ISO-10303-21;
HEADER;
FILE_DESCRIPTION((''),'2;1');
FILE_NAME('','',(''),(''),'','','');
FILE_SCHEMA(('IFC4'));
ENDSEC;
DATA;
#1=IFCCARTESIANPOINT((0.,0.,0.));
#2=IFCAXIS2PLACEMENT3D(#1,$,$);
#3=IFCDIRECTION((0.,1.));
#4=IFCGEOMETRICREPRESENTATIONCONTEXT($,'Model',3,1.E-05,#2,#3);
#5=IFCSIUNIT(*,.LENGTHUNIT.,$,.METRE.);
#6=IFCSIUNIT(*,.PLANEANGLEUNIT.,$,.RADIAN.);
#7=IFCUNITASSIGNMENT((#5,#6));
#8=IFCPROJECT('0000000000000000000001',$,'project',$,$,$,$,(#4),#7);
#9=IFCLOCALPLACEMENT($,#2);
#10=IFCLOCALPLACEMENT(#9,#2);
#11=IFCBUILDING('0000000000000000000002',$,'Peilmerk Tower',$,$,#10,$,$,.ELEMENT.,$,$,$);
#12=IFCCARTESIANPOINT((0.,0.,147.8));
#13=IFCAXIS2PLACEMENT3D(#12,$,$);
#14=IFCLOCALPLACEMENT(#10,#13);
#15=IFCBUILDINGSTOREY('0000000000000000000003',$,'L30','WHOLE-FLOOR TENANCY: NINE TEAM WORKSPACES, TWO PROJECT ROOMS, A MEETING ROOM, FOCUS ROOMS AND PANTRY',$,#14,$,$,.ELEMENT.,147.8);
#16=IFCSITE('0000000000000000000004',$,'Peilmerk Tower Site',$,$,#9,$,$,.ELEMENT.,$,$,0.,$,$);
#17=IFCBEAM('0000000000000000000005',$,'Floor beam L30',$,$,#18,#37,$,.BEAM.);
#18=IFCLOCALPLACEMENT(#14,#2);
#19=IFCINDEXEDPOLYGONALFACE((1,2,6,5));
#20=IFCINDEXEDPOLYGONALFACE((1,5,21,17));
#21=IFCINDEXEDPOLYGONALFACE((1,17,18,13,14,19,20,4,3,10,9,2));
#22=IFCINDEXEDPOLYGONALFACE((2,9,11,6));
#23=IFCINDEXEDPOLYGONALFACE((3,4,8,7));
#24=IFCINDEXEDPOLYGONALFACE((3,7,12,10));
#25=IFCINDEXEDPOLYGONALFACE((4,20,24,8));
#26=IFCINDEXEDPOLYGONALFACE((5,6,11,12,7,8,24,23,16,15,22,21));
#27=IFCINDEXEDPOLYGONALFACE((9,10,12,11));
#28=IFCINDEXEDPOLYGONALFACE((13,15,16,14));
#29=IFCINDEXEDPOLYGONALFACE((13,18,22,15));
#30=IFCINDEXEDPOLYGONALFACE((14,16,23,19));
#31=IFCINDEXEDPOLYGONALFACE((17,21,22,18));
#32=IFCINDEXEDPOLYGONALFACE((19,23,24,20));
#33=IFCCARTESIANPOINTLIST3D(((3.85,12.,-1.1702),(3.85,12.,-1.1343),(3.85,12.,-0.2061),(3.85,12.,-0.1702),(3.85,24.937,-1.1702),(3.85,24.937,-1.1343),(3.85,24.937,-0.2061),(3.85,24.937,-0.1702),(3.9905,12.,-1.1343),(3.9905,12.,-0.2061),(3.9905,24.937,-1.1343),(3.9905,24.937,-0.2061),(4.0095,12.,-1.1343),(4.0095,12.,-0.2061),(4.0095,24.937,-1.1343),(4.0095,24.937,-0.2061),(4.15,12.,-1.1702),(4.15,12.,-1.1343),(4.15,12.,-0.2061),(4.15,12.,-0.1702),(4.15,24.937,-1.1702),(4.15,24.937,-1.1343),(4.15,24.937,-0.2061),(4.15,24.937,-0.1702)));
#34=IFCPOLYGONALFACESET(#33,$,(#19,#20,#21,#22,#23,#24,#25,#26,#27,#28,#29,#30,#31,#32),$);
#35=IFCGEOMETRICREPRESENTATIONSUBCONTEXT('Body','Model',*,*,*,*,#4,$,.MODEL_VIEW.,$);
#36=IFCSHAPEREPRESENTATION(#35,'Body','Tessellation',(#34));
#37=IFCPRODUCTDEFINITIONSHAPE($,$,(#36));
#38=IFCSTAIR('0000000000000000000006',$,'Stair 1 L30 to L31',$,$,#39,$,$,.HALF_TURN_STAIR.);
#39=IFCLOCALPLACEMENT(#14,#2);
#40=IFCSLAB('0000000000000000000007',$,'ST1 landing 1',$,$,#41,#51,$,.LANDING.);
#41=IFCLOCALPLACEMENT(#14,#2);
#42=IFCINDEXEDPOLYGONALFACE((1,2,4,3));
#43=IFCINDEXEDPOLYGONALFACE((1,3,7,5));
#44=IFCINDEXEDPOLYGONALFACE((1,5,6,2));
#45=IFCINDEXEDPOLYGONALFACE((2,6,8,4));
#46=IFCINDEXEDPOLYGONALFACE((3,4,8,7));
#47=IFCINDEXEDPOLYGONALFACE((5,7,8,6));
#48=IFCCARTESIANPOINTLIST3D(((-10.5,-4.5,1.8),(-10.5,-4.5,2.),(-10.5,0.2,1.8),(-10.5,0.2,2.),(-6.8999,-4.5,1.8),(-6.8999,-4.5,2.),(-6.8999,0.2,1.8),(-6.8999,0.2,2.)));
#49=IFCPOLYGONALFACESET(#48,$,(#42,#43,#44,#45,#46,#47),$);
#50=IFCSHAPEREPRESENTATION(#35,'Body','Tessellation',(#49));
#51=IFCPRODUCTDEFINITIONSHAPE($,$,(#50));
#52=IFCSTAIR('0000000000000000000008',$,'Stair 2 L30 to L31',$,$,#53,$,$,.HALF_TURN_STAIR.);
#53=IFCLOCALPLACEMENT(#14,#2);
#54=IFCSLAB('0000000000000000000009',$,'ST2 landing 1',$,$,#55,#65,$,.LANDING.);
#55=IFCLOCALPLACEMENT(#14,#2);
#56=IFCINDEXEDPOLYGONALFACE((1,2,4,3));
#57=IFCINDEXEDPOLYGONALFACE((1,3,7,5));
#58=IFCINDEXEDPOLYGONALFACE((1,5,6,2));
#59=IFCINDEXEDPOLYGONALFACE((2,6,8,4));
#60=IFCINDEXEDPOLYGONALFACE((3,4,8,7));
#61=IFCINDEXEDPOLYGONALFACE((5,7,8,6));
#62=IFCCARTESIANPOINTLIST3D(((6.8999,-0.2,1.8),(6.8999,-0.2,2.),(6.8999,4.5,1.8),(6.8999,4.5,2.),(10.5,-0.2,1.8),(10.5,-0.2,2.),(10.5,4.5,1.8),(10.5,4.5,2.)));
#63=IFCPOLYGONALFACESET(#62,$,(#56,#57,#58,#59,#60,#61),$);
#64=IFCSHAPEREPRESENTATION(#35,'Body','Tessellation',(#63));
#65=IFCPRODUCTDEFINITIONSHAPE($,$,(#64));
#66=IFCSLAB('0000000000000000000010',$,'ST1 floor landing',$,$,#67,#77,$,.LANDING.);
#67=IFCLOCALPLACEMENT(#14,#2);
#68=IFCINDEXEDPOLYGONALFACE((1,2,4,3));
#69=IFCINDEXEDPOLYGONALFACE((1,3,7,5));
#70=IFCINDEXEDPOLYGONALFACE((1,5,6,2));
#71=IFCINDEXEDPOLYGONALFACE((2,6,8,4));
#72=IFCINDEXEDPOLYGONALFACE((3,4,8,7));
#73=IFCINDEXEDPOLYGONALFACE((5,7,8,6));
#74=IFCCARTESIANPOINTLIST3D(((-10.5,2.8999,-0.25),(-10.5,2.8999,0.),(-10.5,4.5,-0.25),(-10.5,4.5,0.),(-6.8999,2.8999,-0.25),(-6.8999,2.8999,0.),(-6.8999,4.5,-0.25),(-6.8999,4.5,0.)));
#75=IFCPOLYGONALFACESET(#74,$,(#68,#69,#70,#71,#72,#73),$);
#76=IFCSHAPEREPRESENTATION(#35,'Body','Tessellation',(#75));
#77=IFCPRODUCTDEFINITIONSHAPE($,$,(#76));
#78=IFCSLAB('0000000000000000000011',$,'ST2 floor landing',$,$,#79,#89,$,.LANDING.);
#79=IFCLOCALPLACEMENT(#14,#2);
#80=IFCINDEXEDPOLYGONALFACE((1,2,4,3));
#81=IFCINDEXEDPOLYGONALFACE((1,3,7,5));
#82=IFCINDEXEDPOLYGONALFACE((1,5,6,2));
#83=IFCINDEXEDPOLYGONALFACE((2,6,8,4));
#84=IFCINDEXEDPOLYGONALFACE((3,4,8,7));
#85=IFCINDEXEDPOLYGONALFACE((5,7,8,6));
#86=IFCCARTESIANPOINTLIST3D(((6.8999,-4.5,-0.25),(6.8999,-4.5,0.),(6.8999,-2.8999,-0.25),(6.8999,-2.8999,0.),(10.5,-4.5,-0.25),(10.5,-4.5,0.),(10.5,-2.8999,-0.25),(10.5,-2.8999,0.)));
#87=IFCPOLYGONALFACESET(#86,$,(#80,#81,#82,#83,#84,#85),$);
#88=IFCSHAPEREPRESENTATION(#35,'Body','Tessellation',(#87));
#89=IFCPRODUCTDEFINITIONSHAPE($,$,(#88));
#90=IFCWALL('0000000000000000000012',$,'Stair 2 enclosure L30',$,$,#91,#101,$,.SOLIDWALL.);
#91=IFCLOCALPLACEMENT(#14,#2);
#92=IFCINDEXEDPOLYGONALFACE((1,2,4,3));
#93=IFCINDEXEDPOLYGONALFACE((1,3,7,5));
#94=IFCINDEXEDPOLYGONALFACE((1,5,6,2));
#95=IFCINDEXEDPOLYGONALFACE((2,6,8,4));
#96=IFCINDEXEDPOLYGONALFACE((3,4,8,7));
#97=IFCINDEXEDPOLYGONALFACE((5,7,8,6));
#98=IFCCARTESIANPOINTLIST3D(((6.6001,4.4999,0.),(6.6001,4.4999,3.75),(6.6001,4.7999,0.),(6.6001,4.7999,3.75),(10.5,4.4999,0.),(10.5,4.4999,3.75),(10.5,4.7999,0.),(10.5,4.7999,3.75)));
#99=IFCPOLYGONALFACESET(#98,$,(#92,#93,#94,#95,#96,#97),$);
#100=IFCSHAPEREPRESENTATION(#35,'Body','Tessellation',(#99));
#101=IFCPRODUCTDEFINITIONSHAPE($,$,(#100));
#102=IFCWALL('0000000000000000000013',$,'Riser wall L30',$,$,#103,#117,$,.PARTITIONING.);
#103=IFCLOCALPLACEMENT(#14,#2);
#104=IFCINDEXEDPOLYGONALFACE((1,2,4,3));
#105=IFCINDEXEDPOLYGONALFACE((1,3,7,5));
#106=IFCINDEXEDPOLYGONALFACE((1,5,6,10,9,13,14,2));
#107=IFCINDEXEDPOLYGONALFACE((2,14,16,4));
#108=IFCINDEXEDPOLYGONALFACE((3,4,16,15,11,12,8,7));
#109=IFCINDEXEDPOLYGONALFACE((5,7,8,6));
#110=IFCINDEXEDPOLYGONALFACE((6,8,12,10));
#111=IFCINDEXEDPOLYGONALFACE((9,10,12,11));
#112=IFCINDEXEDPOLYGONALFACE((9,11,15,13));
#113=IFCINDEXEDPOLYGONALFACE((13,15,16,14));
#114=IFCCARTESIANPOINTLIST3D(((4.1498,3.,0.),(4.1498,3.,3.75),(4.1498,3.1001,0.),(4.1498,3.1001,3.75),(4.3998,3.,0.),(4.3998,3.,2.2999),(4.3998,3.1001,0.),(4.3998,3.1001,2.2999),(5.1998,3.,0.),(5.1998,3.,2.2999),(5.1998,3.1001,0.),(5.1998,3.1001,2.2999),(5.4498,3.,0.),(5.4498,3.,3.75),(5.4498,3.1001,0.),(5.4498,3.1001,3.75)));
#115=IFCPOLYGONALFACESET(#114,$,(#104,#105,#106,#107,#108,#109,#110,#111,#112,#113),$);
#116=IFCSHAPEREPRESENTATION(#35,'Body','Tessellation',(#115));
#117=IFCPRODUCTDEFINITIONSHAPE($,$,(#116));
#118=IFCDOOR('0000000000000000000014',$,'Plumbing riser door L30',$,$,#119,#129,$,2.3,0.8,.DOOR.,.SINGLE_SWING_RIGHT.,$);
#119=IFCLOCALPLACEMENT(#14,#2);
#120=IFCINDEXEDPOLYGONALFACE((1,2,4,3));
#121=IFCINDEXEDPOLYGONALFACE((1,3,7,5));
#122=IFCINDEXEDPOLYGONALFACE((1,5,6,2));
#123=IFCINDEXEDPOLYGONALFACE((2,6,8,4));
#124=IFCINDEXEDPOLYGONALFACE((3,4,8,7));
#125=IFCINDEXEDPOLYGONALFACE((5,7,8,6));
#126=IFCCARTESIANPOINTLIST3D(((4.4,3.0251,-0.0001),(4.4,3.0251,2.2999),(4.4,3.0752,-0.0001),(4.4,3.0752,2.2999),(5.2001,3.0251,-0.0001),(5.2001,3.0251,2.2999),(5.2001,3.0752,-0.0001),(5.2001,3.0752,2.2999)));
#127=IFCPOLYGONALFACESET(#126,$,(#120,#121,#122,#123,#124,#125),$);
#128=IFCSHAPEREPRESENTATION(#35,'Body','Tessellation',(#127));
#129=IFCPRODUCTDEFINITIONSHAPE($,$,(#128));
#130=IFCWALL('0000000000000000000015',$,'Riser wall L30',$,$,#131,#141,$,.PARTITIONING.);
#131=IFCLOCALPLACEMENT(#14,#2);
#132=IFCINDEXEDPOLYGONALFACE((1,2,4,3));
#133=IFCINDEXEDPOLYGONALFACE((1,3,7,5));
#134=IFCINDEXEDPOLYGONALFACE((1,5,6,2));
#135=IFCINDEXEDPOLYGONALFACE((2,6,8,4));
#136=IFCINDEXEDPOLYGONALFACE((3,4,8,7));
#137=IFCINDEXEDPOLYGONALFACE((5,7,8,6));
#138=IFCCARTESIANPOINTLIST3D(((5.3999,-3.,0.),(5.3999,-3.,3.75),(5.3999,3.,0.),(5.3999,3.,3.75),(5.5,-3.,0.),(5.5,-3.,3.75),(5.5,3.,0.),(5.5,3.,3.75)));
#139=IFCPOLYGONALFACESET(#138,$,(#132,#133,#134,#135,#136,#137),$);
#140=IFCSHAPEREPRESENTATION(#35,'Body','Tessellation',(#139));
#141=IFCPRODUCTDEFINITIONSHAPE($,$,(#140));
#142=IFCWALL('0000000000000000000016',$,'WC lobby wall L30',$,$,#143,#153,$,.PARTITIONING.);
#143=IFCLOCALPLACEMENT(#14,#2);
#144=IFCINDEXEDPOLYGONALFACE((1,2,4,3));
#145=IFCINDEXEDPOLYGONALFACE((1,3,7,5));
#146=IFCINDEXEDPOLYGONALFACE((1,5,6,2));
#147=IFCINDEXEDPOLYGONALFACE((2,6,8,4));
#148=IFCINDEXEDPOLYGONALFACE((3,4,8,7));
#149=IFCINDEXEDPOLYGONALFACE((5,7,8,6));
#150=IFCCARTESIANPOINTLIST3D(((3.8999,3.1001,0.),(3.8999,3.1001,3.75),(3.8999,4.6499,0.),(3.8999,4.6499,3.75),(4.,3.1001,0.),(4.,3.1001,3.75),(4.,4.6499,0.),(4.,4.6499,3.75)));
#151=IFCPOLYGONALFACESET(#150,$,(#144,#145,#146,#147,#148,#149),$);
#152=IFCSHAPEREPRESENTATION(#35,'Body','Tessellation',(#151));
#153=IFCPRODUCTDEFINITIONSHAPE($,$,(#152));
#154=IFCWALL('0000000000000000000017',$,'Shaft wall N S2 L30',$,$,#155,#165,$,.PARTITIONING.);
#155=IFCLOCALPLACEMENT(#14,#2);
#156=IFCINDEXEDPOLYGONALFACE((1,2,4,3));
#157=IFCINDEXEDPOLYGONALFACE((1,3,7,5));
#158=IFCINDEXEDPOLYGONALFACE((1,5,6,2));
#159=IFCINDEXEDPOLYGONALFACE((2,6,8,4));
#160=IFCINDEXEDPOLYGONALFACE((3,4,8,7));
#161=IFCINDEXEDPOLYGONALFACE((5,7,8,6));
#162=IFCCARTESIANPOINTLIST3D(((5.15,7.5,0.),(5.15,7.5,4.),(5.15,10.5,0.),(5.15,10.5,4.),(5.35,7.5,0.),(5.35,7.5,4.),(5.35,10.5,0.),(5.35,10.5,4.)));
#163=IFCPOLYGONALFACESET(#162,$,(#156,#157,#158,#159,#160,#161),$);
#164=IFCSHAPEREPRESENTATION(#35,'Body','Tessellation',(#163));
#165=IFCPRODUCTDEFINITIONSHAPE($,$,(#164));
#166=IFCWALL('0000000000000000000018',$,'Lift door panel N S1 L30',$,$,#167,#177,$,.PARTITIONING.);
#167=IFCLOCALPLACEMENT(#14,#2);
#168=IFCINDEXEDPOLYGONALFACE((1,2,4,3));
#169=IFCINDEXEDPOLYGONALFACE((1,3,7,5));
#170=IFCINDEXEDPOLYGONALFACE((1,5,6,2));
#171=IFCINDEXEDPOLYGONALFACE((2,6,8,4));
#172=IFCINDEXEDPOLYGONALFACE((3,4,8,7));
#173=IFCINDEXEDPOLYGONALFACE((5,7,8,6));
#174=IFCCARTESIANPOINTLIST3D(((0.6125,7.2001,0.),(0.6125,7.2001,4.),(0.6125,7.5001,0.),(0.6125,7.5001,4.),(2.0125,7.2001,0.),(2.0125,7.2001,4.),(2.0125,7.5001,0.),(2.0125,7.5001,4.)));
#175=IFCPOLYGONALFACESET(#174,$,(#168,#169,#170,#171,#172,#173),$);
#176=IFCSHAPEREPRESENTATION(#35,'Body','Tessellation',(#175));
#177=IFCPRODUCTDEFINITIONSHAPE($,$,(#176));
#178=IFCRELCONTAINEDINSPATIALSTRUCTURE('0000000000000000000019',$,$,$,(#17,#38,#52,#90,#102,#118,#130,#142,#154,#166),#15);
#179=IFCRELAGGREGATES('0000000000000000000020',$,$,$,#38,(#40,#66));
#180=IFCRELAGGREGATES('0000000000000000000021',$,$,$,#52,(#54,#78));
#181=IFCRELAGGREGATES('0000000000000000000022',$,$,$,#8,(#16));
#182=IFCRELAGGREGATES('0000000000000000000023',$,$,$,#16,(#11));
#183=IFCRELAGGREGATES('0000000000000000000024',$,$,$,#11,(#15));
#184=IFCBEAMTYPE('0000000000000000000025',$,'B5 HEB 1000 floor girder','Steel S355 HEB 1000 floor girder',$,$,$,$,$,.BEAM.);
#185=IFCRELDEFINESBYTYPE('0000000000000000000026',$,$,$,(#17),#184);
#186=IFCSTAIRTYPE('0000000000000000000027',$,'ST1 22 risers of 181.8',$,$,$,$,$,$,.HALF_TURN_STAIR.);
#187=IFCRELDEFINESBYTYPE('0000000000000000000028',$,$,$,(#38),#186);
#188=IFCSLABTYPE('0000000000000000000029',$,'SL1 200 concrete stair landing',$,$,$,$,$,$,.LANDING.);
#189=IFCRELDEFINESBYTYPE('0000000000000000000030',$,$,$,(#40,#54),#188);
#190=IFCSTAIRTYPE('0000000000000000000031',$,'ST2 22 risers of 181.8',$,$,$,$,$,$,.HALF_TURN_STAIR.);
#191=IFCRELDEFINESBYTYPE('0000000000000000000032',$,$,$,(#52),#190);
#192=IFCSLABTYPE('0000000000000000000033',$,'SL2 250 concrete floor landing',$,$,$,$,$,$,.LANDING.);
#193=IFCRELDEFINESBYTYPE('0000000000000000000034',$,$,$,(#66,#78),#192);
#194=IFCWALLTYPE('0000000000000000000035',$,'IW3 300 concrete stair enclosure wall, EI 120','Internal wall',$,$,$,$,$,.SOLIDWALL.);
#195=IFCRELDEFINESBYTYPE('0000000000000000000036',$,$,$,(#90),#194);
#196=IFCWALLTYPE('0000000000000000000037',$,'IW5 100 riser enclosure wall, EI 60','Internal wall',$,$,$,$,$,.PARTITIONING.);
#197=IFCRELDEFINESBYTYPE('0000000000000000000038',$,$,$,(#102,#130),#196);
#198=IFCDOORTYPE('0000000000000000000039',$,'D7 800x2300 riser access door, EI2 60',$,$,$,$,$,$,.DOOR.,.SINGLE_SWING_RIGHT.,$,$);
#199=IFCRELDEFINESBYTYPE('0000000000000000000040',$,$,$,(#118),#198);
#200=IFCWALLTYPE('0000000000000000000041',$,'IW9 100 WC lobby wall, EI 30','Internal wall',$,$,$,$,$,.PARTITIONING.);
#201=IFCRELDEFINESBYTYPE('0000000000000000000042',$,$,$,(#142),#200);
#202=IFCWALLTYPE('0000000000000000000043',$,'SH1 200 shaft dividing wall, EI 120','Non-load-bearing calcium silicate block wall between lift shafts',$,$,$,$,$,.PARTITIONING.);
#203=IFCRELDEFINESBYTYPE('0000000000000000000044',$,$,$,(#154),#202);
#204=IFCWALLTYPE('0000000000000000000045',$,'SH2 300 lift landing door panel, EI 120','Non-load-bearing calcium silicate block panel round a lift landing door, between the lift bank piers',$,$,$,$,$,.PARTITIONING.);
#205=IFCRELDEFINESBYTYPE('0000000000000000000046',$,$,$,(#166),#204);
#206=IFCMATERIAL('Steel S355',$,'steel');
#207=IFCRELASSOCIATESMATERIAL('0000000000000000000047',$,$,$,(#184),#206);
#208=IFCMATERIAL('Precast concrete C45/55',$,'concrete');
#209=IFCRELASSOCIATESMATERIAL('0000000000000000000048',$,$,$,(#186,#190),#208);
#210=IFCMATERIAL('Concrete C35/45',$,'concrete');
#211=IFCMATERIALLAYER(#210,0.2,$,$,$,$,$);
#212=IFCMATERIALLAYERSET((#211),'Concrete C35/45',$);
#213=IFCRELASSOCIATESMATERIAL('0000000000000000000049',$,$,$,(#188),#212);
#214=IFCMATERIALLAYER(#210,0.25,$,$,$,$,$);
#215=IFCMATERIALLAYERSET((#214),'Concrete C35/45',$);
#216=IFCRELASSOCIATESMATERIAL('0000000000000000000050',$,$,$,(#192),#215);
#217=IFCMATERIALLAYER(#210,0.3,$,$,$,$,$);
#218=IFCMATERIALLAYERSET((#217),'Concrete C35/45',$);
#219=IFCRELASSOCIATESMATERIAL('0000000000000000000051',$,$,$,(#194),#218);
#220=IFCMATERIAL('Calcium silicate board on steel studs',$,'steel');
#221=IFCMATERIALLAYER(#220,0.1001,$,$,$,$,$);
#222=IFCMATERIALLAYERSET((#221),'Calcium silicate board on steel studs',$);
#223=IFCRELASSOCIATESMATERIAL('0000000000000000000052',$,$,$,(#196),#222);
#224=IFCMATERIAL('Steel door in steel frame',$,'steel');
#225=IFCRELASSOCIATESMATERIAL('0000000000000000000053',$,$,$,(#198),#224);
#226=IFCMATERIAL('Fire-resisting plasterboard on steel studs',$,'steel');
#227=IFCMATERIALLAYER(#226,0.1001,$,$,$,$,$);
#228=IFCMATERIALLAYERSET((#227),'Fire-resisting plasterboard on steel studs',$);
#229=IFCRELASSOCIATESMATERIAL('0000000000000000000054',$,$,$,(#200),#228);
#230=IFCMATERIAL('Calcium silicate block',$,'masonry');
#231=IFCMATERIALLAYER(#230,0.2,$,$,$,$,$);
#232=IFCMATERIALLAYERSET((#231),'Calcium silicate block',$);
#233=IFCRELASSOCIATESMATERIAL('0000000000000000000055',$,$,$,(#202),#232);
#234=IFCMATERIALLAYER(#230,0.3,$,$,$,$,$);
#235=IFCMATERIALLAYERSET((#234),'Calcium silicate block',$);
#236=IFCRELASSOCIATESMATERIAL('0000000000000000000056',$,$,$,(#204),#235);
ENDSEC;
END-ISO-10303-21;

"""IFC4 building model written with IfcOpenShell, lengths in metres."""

from ifc_helpers import new_model, si_unit, direction, frame, frame_2d, origin, origin_2d, place, context, subcontext, project, spatial, polyline, rectangle, i_section, outline, extrude, material, layer, layer_set, material_profile, profile_set, type_object, element, fill, aggregate, save


model = new_model("IFC4")

# Units and contexts
model_context = context("Model", 3, precision=1e-05, world=origin(), true_north=direction((0.0, 1.0)))
body_context = subcontext(model_context, "Body", "Model", "MODEL_VIEW")
ifc_project = project(units=[si_unit("LENGTHUNIT", "METRE"), si_unit("PLANEANGLEUNIT", "RADIAN")], contexts=[model_context])

# Site, building, storey
site_placement = place(None, origin())
site = spatial("IfcSite", under=ifc_project, at=site_placement, Name="Peilmerk Tower Site", CompositionType="ELEMENT", RefElevation=0.0)
building_placement = place(site_placement, origin())
building = spatial("IfcBuilding", under=site, at=building_placement, Name="Peilmerk Tower", CompositionType="ELEMENT")
storey_placement = place(building_placement, frame((0.0, 0.0, 147.8)))
storey = spatial("IfcBuildingStorey", under=building, at=storey_placement, Name="L30", Description="WHOLE-FLOOR TENANCY: NINE TEAM WORKSPACES, TWO PROJECT ROOMS, A MEETING ROOM, FOCUS ROOMS AND PANTRY", CompositionType="ELEMENT", Elevation=147.8)

# Beam
ifc_material_1 = material(Name="Steel S355", Category="steel")
ifc_material_profile = material_profile(ifc_material_1, i_section(OverallWidth=0.3, OverallDepth=1.0, WebThickness=0.019, FlangeThickness=0.0359, at=origin_2d()), Name="HEB 1000")
ifc_profile_set = profile_set([ifc_material_profile], Name="Steel S355")
beam_type = type_object("IfcBeamType", Name="B5 HEB 1000 floor girder", Description="Steel S355 HEB 1000 floor girder", PredefinedType="BEAM", material=ifc_profile_set)
beam_placement = place(storey_placement, frame((4.0, 12.0, -0.6702), z_axis=(0.0, 1.0, 0.0), x_axis=(-1.0, 0.0, 0.0)))
element("IfcBeam", 1, at=beam_placement, inside=storey, type_object=beam_type, Name="Floor beam L30", PredefinedType="BEAM", context=body_context, shape_type="SweptSolid", body=[
    extrude(i_section(OverallWidth=0.3, OverallDepth=1.0, WebThickness=0.019, FlangeThickness=0.0359, at=origin_2d()), origin(), (0.0, 0.0, 1.0), 12.937),
])

# Stairs, slabs
ifc_material_2 = material(Name="Precast concrete C45/55", Category="concrete")
stair_type_1 = type_object("IfcStairType", Name="ST1 22 risers of 181.8", PredefinedType="HALF_TURN_STAIR", material=ifc_material_2)
stair_1_placement = place(storey_placement, origin())
stair_1 = element("IfcStair", 2, at=stair_1_placement, inside=storey, type_object=stair_type_1, Name="Stair 1 L30 to L31", PredefinedType="HALF_TURN_STAIR")
ifc_material_3 = material(Name="Concrete C35/45", Category="concrete")
ifc_layer_1 = layer(ifc_material_3, 0.2)
ifc_layer_set_1 = layer_set([ifc_layer_1], Name="Concrete C35/45")
slab_type_1 = type_object("IfcSlabType", Name="SL1 200 concrete stair landing", PredefinedType="LANDING", material=ifc_layer_set_1)
slab_1_placement = place(storey_placement, frame((0.0, 0.0, 1.8)))
slab_1 = element("IfcSlab", 3, at=slab_1_placement, type_object=slab_type_1, Name="ST1 landing 1", PredefinedType="LANDING", context=body_context, shape_type="SweptSolid", body=[
    extrude(outline(polyline([(-10.5, -4.5), (-6.8999, -4.5), (-6.8999, 0.2), (-10.5, 0.2), (-10.5, -4.5)])), origin(), (0.0, 0.0, 1.0), 0.2),
])
stair_type_2 = type_object("IfcStairType", Name="ST2 22 risers of 181.8", PredefinedType="HALF_TURN_STAIR", material=ifc_material_2)
stair_2_placement = place(storey_placement, origin())
stair_2 = element("IfcStair", 4, at=stair_2_placement, inside=storey, type_object=stair_type_2, Name="Stair 2 L30 to L31", PredefinedType="HALF_TURN_STAIR")
slab_2_placement = place(storey_placement, frame((0.0, 0.0, 1.8)))
slab_2 = element("IfcSlab", 5, at=slab_2_placement, type_object=slab_type_1, Name="ST2 landing 1", PredefinedType="LANDING", context=body_context, shape_type="SweptSolid", body=[
    extrude(outline(polyline([(6.8999, -0.2), (10.5, -0.2), (10.5, 4.5), (6.8999, 4.5), (6.8999, -0.2)])), origin(), (0.0, 0.0, 1.0), 0.2),
])

# Slabs
ifc_layer_2 = layer(ifc_material_3, 0.25)
ifc_layer_set_2 = layer_set([ifc_layer_2], Name="Concrete C35/45")
slab_type_2 = type_object("IfcSlabType", Name="SL2 250 concrete floor landing", PredefinedType="LANDING", material=ifc_layer_set_2)
slab_3_placement = place(storey_placement, frame((0.0, 0.0, -0.25)))
slab_3 = element("IfcSlab", 6, at=slab_3_placement, type_object=slab_type_2, Name="ST1 floor landing", PredefinedType="LANDING", context=body_context, shape_type="SweptSolid", body=[
    extrude(outline(polyline([(-10.5, 2.8999), (-6.8999, 2.8999), (-6.8999, 4.5), (-10.5, 4.5), (-10.5, 2.8999)])), origin(), (0.0, 0.0, 1.0), 0.25),
])
aggregate(stair_1, [slab_1, slab_3])
slab_4_placement = place(storey_placement, frame((0.0, 0.0, -0.25)))
slab_4 = element("IfcSlab", 7, at=slab_4_placement, type_object=slab_type_2, Name="ST2 floor landing", PredefinedType="LANDING", context=body_context, shape_type="SweptSolid", body=[
    extrude(outline(polyline([(6.8999, -4.5), (10.5, -4.5), (10.5, -2.8999), (6.8999, -2.8999), (6.8999, -4.5)])), origin(), (0.0, 0.0, 1.0), 0.25),
])
aggregate(stair_2, [slab_2, slab_4])

# Wall
ifc_layer_3 = layer(ifc_material_3, 0.3)
ifc_layer_set_3 = layer_set([ifc_layer_3], Name="Concrete C35/45")
wall_type_1 = type_object("IfcWallType", Name="IW3 300 concrete stair enclosure wall, EI 120", Description="Internal wall", PredefinedType="SOLIDWALL", material=ifc_layer_set_3)
wall_1_placement = place(storey_placement, frame((6.6001, 4.6499, 0.0), z_axis=(0.0, 0.0, 1.0), x_axis=(1.0, 0.0, 0.0)))
element("IfcWall", 8, at=wall_1_placement, inside=storey, type_object=wall_type_1, Name="Stair 2 enclosure L30", PredefinedType="SOLIDWALL", context=body_context, shape_type="SweptSolid", body=[
    extrude(rectangle(XDim=3.8999, YDim=0.3, at=frame_2d((1.95, 0.0))), origin(), (0.0, 0.0, 1.0), 3.75),
])

# Wall, opening, door
ifc_material_4 = material(Name="Calcium silicate board on steel studs", Category="steel")
ifc_layer_4 = layer(ifc_material_4, 0.1001)
ifc_layer_set_4 = layer_set([ifc_layer_4], Name="Calcium silicate board on steel studs")
wall_type_2 = type_object("IfcWallType", Name="IW5 100 riser enclosure wall, EI 60", Description="Internal wall", PredefinedType="PARTITIONING", material=ifc_layer_set_4)
wall_2_placement = place(storey_placement, frame((4.1499, 3.05, 0.0), z_axis=(0.0, 0.0, 1.0), x_axis=(1.0, 0.0, 0.0)))
wall_2 = element("IfcWall", 9, at=wall_2_placement, inside=storey, type_object=wall_type_2, Name="Riser wall L30", PredefinedType="PARTITIONING", context=body_context, shape_type="SweptSolid", body=[
    extrude(rectangle(XDim=1.3, YDim=0.1001, at=frame_2d((0.6499, 0.0))), origin(), (0.0, 0.0, 1.0), 3.75),
])
opening_1_placement = place(wall_2_placement, frame((0.25, 0.0, 0.0)))
opening_1 = element("IfcOpeningElement", 10, at=opening_1_placement, cuts=wall_2, PredefinedType="OPENING", context=body_context, shape_type="SweptSolid", body=[
    extrude(rectangle(XDim=0.8, YDim=2.3, at=frame_2d((0.3999, 1.1499))), frame((0.0, 0.0601, 0.0), z_axis=(0.0, -1.0, 0.0), x_axis=(1.0, 0.0, 0.0)), (0.0, 0.0, 1.0), 0.1201),
])
ifc_material_5 = material(Name="Steel door in steel frame", Category="steel")
door_type_1 = type_object("IfcDoorType", Name="D7 800x2300 riser access door, EI2 60", OperationType="SINGLE_SWING_RIGHT", PredefinedType="DOOR", material=ifc_material_5)
door_1_placement = place(opening_1_placement, frame((0.8, 0.0, 0.0), z_axis=(0.0, 0.0, 1.0), x_axis=(-1.0, 0.0, 0.0)))
door_1 = element("IfcDoor", 11, at=door_1_placement, inside=storey, type_object=door_type_1, Name="Plumbing riser door L30", OperationType="SINGLE_SWING_RIGHT", OverallHeight=2.3, OverallWidth=0.8, PredefinedType="DOOR", context=body_context, shape_type="SweptSolid", body=[
    extrude(rectangle(XDim=0.8, YDim=2.3, at=frame_2d((0.3999, 1.1499))), frame((0.0, 0.0249, 0.0), z_axis=(0.0, -1.0, 0.0), x_axis=(1.0, 0.0, 0.0)), (0.0, 0.0, 1.0), 0.05),
])
fill(opening_1, door_1)

# Walls
wall_3_placement = place(storey_placement, frame((5.45, 3.0, 0.0), z_axis=(0.0, 0.0, 1.0), x_axis=(0.0, -1.0, 0.0)))
element("IfcWall", 12, at=wall_3_placement, inside=storey, type_object=wall_type_2, Name="Riser wall L30", PredefinedType="PARTITIONING", context=body_context, shape_type="SweptSolid", body=[
    extrude(rectangle(XDim=6.0, YDim=0.1001, at=frame_2d((3.0, 0.0))), origin(), (0.0, 0.0, 1.0), 3.75),
])
ifc_material_6 = material(Name="Fire-resisting plasterboard on steel studs", Category="steel")
ifc_layer_5 = layer(ifc_material_6, 0.1001)
ifc_layer_set_5 = layer_set([ifc_layer_5], Name="Fire-resisting plasterboard on steel studs")
wall_type_3 = type_object("IfcWallType", Name="IW9 100 WC lobby wall, EI 30", Description="Internal wall", PredefinedType="PARTITIONING", material=ifc_layer_set_5)
wall_4_placement = place(storey_placement, frame((3.95, 3.1001, 0.0), z_axis=(0.0, 0.0, 1.0), x_axis=(0.0, 1.0, 0.0)))
element("IfcWall", 13, at=wall_4_placement, inside=storey, type_object=wall_type_3, Name="WC lobby wall L30", PredefinedType="PARTITIONING", context=body_context, shape_type="SweptSolid", body=[
    extrude(rectangle(XDim=1.5498, YDim=0.1001, at=frame_2d((0.7749, 0.0))), origin(), (0.0, 0.0, 1.0), 3.75),
])
ifc_material_7 = material(Name="Calcium silicate block", Category="masonry")
ifc_layer_6 = layer(ifc_material_7, 0.2)
ifc_layer_set_6 = layer_set([ifc_layer_6], Name="Calcium silicate block")
wall_type_4 = type_object("IfcWallType", Name="SH1 200 shaft dividing wall, EI 120", Description="Non-load-bearing calcium silicate block wall between lift shafts", PredefinedType="PARTITIONING", material=ifc_layer_set_6)
wall_5_placement = place(storey_placement, frame((5.25, 7.5, 0.0), z_axis=(0.0, 0.0, 1.0), x_axis=(0.0, 1.0, 0.0)))
element("IfcWall", 14, at=wall_5_placement, inside=storey, type_object=wall_type_4, Name="Shaft wall N S2 L30", PredefinedType="PARTITIONING", context=body_context, shape_type="SweptSolid", body=[
    extrude(rectangle(XDim=3.0, YDim=0.2, at=frame_2d((1.5, 0.0))), origin(), (0.0, 0.0, 1.0), 4.0),
])
ifc_layer_7 = layer(ifc_material_7, 0.3)
ifc_layer_set_7 = layer_set([ifc_layer_7], Name="Calcium silicate block")
wall_type_5 = type_object("IfcWallType", Name="SH2 300 lift landing door panel, EI 120", Description="Non-load-bearing calcium silicate block panel round a lift landing door, between the lift bank piers", PredefinedType="PARTITIONING", material=ifc_layer_set_7)
wall_6_placement = place(storey_placement, frame((0.6125, 7.3501, 0.0), z_axis=(0.0, 0.0, 1.0), x_axis=(1.0, 0.0, 0.0)))
element("IfcWall", 15, at=wall_6_placement, inside=storey, type_object=wall_type_5, Name="Lift door panel N S1 L30", PredefinedType="PARTITIONING", context=body_context, shape_type="SweptSolid", body=[
    extrude(rectangle(XDim=1.3999, YDim=0.3, at=frame_2d((0.7, 0.0))), origin(), (0.0, 0.0, 1.0), 4.0),
])

save(model, "model.ifc")
